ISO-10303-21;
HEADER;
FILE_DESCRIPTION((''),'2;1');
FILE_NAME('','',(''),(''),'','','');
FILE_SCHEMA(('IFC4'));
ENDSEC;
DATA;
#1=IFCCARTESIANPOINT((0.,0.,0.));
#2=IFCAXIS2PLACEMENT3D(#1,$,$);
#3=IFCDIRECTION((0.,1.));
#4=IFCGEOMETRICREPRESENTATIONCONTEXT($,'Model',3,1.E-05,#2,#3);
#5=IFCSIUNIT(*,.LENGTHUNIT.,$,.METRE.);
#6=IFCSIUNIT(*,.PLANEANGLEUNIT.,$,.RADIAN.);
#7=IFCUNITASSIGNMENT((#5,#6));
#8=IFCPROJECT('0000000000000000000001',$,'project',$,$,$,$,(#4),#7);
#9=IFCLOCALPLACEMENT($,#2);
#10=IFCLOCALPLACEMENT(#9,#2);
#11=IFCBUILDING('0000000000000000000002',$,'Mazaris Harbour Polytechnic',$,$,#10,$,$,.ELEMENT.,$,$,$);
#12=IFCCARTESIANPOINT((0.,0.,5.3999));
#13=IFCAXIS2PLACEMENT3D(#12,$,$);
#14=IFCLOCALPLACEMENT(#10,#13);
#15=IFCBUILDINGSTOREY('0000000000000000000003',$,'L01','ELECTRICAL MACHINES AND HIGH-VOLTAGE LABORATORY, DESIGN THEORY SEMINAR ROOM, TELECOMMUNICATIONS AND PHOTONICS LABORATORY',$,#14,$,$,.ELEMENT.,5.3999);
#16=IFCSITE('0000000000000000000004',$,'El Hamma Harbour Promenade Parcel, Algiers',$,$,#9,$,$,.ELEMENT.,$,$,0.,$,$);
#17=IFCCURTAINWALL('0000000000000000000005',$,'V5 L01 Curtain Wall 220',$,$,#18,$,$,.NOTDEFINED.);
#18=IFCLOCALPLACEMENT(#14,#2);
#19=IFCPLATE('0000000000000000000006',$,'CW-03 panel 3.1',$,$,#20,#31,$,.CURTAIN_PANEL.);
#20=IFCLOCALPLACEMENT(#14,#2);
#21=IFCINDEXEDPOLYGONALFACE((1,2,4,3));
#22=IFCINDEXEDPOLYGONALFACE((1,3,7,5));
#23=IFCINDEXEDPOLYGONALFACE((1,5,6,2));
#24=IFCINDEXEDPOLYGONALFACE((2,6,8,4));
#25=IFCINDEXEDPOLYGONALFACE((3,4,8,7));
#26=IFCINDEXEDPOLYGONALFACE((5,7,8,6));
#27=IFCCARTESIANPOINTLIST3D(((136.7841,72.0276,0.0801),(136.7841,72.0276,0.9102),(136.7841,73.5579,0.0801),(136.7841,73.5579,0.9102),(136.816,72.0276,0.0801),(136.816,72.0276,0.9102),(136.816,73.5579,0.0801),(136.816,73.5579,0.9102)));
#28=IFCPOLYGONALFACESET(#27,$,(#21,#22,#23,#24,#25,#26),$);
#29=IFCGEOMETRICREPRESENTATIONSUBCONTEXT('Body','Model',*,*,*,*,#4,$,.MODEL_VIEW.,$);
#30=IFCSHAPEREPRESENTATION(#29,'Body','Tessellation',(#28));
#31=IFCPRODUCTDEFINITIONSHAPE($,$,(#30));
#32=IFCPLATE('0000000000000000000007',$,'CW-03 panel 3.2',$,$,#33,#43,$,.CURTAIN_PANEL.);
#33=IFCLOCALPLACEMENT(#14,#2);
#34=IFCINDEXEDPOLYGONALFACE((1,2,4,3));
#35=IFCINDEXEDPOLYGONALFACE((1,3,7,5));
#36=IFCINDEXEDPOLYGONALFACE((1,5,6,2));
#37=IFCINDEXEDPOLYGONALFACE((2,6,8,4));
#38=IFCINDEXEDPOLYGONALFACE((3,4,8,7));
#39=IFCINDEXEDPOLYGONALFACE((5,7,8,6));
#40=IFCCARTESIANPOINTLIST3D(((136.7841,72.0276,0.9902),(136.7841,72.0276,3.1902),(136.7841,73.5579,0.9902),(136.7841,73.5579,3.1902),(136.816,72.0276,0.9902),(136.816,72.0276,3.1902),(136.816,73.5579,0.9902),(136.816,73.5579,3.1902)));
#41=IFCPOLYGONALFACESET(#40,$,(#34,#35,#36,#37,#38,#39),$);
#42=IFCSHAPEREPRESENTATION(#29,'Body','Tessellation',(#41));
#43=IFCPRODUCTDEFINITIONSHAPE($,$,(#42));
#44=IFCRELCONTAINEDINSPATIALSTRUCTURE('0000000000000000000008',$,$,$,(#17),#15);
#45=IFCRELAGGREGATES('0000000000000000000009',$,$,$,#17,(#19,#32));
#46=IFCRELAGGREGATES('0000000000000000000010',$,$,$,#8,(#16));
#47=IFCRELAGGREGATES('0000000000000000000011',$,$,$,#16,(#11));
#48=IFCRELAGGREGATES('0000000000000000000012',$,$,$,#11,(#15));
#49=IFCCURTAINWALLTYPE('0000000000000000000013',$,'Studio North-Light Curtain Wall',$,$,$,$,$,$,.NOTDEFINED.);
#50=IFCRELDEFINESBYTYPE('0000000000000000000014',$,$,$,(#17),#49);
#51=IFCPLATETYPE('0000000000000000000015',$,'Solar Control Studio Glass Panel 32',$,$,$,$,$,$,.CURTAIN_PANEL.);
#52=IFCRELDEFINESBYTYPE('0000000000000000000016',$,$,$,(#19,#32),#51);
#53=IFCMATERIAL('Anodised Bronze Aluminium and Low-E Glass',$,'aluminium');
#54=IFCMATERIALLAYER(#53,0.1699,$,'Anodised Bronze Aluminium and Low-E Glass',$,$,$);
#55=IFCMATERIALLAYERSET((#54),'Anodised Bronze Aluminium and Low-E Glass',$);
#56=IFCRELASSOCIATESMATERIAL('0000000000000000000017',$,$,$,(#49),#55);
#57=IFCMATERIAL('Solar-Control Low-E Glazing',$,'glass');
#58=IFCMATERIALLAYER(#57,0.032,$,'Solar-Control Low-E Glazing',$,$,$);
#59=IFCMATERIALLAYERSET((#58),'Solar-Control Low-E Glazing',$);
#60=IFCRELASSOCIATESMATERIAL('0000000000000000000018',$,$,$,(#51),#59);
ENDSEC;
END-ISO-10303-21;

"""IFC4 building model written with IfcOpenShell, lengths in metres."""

from ifc_helpers import new_model, si_unit, direction, frame, origin, origin_2d, place, context, subcontext, project, spatial, rectangle, extrude, material, layer, layer_set, type_object, element, aggregate, save


model = new_model("IFC4")

# Units and contexts
model_context = context("Model", 3, precision=1e-05, world=origin(), true_north=direction((0.0, 1.0)))
body_context = subcontext(model_context, "Body", "Model", "MODEL_VIEW")
ifc_project = project(units=[si_unit("LENGTHUNIT", "METRE"), si_unit("PLANEANGLEUNIT", "RADIAN")], contexts=[model_context])

# Site, building, storey
site_placement = place(None, origin())
site = spatial("IfcSite", under=ifc_project, at=site_placement, Name="El Hamma Harbour Promenade Parcel, Algiers", CompositionType="ELEMENT", RefElevation=0.0)
building_placement = place(site_placement, origin())
building = spatial("IfcBuilding", under=site, at=building_placement, Name="Mazaris Harbour Polytechnic", CompositionType="ELEMENT")
storey_placement = place(building_placement, frame((0.0, 0.0, 5.3999)))
storey = spatial("IfcBuildingStorey", under=building, at=storey_placement, Name="L01", Description="ELECTRICAL MACHINES AND HIGH-VOLTAGE LABORATORY, DESIGN THEORY SEMINAR ROOM, TELECOMMUNICATIONS AND PHOTONICS LABORATORY", CompositionType="ELEMENT", Elevation=5.3999)

# Curtain wall
ifc_material_1 = material(Name="Anodised Bronze Aluminium and Low-E Glass", Category="aluminium")
ifc_layer_1 = layer(ifc_material_1, 0.1699, Name="Anodised Bronze Aluminium and Low-E Glass")
ifc_layer_set_1 = layer_set([ifc_layer_1], Name="Anodised Bronze Aluminium and Low-E Glass")
curtain_wall_type = type_object("IfcCurtainWallType", Name="Studio North-Light Curtain Wall", PredefinedType="NOTDEFINED", material=ifc_layer_set_1)
curtain_wall_1_placement = place(storey_placement, origin())
curtain_wall_1 = element("IfcCurtainWall", 1, at=curtain_wall_1_placement, inside=storey, type_object=curtain_wall_type, Name="V5 L01 Curtain Wall 220", PredefinedType="NOTDEFINED")

# Plates
ifc_material_2 = material(Name="Solar-Control Low-E Glazing", Category="glass")
ifc_layer_2 = layer(ifc_material_2, 0.032, Name="Solar-Control Low-E Glazing")
ifc_layer_set_2 = layer_set([ifc_layer_2], Name="Solar-Control Low-E Glazing")
plate_type = type_object("IfcPlateType", Name="Solar Control Studio Glass Panel 32", PredefinedType="CURTAIN_PANEL", material=ifc_layer_set_2)
plate_1_placement = place(storey_placement, frame((136.8, 72.7927, 0.0801), z_axis=(0.0, 0.0, 1.0), x_axis=(0.0, 1.0, 0.0)))
plate_1 = element("IfcPlate", 2, at=plate_1_placement, type_object=plate_type, Name="CW-03 panel 3.1", PredefinedType="CURTAIN_PANEL", context=body_context, shape_type="SweptSolid", body=[
    extrude(rectangle(XDim=1.5303, YDim=0.032, at=origin_2d()), origin(), (0.0, 0.0, 1.0), 0.8301),
])
plate_2_placement = place(storey_placement, frame((136.8, 72.7927, 0.9902), z_axis=(0.0, 0.0, 1.0), x_axis=(0.0, 1.0, 0.0)))
plate_2 = element("IfcPlate", 3, at=plate_2_placement, type_object=plate_type, Name="CW-03 panel 3.2", PredefinedType="CURTAIN_PANEL", context=body_context, shape_type="SweptSolid", body=[
    extrude(rectangle(XDim=1.5303, YDim=0.032, at=origin_2d()), origin(), (0.0, 0.0, 1.0), 2.2),
])
aggregate(curtain_wall_1, [plate_1, plate_2])

save(model, "model.ifc")
